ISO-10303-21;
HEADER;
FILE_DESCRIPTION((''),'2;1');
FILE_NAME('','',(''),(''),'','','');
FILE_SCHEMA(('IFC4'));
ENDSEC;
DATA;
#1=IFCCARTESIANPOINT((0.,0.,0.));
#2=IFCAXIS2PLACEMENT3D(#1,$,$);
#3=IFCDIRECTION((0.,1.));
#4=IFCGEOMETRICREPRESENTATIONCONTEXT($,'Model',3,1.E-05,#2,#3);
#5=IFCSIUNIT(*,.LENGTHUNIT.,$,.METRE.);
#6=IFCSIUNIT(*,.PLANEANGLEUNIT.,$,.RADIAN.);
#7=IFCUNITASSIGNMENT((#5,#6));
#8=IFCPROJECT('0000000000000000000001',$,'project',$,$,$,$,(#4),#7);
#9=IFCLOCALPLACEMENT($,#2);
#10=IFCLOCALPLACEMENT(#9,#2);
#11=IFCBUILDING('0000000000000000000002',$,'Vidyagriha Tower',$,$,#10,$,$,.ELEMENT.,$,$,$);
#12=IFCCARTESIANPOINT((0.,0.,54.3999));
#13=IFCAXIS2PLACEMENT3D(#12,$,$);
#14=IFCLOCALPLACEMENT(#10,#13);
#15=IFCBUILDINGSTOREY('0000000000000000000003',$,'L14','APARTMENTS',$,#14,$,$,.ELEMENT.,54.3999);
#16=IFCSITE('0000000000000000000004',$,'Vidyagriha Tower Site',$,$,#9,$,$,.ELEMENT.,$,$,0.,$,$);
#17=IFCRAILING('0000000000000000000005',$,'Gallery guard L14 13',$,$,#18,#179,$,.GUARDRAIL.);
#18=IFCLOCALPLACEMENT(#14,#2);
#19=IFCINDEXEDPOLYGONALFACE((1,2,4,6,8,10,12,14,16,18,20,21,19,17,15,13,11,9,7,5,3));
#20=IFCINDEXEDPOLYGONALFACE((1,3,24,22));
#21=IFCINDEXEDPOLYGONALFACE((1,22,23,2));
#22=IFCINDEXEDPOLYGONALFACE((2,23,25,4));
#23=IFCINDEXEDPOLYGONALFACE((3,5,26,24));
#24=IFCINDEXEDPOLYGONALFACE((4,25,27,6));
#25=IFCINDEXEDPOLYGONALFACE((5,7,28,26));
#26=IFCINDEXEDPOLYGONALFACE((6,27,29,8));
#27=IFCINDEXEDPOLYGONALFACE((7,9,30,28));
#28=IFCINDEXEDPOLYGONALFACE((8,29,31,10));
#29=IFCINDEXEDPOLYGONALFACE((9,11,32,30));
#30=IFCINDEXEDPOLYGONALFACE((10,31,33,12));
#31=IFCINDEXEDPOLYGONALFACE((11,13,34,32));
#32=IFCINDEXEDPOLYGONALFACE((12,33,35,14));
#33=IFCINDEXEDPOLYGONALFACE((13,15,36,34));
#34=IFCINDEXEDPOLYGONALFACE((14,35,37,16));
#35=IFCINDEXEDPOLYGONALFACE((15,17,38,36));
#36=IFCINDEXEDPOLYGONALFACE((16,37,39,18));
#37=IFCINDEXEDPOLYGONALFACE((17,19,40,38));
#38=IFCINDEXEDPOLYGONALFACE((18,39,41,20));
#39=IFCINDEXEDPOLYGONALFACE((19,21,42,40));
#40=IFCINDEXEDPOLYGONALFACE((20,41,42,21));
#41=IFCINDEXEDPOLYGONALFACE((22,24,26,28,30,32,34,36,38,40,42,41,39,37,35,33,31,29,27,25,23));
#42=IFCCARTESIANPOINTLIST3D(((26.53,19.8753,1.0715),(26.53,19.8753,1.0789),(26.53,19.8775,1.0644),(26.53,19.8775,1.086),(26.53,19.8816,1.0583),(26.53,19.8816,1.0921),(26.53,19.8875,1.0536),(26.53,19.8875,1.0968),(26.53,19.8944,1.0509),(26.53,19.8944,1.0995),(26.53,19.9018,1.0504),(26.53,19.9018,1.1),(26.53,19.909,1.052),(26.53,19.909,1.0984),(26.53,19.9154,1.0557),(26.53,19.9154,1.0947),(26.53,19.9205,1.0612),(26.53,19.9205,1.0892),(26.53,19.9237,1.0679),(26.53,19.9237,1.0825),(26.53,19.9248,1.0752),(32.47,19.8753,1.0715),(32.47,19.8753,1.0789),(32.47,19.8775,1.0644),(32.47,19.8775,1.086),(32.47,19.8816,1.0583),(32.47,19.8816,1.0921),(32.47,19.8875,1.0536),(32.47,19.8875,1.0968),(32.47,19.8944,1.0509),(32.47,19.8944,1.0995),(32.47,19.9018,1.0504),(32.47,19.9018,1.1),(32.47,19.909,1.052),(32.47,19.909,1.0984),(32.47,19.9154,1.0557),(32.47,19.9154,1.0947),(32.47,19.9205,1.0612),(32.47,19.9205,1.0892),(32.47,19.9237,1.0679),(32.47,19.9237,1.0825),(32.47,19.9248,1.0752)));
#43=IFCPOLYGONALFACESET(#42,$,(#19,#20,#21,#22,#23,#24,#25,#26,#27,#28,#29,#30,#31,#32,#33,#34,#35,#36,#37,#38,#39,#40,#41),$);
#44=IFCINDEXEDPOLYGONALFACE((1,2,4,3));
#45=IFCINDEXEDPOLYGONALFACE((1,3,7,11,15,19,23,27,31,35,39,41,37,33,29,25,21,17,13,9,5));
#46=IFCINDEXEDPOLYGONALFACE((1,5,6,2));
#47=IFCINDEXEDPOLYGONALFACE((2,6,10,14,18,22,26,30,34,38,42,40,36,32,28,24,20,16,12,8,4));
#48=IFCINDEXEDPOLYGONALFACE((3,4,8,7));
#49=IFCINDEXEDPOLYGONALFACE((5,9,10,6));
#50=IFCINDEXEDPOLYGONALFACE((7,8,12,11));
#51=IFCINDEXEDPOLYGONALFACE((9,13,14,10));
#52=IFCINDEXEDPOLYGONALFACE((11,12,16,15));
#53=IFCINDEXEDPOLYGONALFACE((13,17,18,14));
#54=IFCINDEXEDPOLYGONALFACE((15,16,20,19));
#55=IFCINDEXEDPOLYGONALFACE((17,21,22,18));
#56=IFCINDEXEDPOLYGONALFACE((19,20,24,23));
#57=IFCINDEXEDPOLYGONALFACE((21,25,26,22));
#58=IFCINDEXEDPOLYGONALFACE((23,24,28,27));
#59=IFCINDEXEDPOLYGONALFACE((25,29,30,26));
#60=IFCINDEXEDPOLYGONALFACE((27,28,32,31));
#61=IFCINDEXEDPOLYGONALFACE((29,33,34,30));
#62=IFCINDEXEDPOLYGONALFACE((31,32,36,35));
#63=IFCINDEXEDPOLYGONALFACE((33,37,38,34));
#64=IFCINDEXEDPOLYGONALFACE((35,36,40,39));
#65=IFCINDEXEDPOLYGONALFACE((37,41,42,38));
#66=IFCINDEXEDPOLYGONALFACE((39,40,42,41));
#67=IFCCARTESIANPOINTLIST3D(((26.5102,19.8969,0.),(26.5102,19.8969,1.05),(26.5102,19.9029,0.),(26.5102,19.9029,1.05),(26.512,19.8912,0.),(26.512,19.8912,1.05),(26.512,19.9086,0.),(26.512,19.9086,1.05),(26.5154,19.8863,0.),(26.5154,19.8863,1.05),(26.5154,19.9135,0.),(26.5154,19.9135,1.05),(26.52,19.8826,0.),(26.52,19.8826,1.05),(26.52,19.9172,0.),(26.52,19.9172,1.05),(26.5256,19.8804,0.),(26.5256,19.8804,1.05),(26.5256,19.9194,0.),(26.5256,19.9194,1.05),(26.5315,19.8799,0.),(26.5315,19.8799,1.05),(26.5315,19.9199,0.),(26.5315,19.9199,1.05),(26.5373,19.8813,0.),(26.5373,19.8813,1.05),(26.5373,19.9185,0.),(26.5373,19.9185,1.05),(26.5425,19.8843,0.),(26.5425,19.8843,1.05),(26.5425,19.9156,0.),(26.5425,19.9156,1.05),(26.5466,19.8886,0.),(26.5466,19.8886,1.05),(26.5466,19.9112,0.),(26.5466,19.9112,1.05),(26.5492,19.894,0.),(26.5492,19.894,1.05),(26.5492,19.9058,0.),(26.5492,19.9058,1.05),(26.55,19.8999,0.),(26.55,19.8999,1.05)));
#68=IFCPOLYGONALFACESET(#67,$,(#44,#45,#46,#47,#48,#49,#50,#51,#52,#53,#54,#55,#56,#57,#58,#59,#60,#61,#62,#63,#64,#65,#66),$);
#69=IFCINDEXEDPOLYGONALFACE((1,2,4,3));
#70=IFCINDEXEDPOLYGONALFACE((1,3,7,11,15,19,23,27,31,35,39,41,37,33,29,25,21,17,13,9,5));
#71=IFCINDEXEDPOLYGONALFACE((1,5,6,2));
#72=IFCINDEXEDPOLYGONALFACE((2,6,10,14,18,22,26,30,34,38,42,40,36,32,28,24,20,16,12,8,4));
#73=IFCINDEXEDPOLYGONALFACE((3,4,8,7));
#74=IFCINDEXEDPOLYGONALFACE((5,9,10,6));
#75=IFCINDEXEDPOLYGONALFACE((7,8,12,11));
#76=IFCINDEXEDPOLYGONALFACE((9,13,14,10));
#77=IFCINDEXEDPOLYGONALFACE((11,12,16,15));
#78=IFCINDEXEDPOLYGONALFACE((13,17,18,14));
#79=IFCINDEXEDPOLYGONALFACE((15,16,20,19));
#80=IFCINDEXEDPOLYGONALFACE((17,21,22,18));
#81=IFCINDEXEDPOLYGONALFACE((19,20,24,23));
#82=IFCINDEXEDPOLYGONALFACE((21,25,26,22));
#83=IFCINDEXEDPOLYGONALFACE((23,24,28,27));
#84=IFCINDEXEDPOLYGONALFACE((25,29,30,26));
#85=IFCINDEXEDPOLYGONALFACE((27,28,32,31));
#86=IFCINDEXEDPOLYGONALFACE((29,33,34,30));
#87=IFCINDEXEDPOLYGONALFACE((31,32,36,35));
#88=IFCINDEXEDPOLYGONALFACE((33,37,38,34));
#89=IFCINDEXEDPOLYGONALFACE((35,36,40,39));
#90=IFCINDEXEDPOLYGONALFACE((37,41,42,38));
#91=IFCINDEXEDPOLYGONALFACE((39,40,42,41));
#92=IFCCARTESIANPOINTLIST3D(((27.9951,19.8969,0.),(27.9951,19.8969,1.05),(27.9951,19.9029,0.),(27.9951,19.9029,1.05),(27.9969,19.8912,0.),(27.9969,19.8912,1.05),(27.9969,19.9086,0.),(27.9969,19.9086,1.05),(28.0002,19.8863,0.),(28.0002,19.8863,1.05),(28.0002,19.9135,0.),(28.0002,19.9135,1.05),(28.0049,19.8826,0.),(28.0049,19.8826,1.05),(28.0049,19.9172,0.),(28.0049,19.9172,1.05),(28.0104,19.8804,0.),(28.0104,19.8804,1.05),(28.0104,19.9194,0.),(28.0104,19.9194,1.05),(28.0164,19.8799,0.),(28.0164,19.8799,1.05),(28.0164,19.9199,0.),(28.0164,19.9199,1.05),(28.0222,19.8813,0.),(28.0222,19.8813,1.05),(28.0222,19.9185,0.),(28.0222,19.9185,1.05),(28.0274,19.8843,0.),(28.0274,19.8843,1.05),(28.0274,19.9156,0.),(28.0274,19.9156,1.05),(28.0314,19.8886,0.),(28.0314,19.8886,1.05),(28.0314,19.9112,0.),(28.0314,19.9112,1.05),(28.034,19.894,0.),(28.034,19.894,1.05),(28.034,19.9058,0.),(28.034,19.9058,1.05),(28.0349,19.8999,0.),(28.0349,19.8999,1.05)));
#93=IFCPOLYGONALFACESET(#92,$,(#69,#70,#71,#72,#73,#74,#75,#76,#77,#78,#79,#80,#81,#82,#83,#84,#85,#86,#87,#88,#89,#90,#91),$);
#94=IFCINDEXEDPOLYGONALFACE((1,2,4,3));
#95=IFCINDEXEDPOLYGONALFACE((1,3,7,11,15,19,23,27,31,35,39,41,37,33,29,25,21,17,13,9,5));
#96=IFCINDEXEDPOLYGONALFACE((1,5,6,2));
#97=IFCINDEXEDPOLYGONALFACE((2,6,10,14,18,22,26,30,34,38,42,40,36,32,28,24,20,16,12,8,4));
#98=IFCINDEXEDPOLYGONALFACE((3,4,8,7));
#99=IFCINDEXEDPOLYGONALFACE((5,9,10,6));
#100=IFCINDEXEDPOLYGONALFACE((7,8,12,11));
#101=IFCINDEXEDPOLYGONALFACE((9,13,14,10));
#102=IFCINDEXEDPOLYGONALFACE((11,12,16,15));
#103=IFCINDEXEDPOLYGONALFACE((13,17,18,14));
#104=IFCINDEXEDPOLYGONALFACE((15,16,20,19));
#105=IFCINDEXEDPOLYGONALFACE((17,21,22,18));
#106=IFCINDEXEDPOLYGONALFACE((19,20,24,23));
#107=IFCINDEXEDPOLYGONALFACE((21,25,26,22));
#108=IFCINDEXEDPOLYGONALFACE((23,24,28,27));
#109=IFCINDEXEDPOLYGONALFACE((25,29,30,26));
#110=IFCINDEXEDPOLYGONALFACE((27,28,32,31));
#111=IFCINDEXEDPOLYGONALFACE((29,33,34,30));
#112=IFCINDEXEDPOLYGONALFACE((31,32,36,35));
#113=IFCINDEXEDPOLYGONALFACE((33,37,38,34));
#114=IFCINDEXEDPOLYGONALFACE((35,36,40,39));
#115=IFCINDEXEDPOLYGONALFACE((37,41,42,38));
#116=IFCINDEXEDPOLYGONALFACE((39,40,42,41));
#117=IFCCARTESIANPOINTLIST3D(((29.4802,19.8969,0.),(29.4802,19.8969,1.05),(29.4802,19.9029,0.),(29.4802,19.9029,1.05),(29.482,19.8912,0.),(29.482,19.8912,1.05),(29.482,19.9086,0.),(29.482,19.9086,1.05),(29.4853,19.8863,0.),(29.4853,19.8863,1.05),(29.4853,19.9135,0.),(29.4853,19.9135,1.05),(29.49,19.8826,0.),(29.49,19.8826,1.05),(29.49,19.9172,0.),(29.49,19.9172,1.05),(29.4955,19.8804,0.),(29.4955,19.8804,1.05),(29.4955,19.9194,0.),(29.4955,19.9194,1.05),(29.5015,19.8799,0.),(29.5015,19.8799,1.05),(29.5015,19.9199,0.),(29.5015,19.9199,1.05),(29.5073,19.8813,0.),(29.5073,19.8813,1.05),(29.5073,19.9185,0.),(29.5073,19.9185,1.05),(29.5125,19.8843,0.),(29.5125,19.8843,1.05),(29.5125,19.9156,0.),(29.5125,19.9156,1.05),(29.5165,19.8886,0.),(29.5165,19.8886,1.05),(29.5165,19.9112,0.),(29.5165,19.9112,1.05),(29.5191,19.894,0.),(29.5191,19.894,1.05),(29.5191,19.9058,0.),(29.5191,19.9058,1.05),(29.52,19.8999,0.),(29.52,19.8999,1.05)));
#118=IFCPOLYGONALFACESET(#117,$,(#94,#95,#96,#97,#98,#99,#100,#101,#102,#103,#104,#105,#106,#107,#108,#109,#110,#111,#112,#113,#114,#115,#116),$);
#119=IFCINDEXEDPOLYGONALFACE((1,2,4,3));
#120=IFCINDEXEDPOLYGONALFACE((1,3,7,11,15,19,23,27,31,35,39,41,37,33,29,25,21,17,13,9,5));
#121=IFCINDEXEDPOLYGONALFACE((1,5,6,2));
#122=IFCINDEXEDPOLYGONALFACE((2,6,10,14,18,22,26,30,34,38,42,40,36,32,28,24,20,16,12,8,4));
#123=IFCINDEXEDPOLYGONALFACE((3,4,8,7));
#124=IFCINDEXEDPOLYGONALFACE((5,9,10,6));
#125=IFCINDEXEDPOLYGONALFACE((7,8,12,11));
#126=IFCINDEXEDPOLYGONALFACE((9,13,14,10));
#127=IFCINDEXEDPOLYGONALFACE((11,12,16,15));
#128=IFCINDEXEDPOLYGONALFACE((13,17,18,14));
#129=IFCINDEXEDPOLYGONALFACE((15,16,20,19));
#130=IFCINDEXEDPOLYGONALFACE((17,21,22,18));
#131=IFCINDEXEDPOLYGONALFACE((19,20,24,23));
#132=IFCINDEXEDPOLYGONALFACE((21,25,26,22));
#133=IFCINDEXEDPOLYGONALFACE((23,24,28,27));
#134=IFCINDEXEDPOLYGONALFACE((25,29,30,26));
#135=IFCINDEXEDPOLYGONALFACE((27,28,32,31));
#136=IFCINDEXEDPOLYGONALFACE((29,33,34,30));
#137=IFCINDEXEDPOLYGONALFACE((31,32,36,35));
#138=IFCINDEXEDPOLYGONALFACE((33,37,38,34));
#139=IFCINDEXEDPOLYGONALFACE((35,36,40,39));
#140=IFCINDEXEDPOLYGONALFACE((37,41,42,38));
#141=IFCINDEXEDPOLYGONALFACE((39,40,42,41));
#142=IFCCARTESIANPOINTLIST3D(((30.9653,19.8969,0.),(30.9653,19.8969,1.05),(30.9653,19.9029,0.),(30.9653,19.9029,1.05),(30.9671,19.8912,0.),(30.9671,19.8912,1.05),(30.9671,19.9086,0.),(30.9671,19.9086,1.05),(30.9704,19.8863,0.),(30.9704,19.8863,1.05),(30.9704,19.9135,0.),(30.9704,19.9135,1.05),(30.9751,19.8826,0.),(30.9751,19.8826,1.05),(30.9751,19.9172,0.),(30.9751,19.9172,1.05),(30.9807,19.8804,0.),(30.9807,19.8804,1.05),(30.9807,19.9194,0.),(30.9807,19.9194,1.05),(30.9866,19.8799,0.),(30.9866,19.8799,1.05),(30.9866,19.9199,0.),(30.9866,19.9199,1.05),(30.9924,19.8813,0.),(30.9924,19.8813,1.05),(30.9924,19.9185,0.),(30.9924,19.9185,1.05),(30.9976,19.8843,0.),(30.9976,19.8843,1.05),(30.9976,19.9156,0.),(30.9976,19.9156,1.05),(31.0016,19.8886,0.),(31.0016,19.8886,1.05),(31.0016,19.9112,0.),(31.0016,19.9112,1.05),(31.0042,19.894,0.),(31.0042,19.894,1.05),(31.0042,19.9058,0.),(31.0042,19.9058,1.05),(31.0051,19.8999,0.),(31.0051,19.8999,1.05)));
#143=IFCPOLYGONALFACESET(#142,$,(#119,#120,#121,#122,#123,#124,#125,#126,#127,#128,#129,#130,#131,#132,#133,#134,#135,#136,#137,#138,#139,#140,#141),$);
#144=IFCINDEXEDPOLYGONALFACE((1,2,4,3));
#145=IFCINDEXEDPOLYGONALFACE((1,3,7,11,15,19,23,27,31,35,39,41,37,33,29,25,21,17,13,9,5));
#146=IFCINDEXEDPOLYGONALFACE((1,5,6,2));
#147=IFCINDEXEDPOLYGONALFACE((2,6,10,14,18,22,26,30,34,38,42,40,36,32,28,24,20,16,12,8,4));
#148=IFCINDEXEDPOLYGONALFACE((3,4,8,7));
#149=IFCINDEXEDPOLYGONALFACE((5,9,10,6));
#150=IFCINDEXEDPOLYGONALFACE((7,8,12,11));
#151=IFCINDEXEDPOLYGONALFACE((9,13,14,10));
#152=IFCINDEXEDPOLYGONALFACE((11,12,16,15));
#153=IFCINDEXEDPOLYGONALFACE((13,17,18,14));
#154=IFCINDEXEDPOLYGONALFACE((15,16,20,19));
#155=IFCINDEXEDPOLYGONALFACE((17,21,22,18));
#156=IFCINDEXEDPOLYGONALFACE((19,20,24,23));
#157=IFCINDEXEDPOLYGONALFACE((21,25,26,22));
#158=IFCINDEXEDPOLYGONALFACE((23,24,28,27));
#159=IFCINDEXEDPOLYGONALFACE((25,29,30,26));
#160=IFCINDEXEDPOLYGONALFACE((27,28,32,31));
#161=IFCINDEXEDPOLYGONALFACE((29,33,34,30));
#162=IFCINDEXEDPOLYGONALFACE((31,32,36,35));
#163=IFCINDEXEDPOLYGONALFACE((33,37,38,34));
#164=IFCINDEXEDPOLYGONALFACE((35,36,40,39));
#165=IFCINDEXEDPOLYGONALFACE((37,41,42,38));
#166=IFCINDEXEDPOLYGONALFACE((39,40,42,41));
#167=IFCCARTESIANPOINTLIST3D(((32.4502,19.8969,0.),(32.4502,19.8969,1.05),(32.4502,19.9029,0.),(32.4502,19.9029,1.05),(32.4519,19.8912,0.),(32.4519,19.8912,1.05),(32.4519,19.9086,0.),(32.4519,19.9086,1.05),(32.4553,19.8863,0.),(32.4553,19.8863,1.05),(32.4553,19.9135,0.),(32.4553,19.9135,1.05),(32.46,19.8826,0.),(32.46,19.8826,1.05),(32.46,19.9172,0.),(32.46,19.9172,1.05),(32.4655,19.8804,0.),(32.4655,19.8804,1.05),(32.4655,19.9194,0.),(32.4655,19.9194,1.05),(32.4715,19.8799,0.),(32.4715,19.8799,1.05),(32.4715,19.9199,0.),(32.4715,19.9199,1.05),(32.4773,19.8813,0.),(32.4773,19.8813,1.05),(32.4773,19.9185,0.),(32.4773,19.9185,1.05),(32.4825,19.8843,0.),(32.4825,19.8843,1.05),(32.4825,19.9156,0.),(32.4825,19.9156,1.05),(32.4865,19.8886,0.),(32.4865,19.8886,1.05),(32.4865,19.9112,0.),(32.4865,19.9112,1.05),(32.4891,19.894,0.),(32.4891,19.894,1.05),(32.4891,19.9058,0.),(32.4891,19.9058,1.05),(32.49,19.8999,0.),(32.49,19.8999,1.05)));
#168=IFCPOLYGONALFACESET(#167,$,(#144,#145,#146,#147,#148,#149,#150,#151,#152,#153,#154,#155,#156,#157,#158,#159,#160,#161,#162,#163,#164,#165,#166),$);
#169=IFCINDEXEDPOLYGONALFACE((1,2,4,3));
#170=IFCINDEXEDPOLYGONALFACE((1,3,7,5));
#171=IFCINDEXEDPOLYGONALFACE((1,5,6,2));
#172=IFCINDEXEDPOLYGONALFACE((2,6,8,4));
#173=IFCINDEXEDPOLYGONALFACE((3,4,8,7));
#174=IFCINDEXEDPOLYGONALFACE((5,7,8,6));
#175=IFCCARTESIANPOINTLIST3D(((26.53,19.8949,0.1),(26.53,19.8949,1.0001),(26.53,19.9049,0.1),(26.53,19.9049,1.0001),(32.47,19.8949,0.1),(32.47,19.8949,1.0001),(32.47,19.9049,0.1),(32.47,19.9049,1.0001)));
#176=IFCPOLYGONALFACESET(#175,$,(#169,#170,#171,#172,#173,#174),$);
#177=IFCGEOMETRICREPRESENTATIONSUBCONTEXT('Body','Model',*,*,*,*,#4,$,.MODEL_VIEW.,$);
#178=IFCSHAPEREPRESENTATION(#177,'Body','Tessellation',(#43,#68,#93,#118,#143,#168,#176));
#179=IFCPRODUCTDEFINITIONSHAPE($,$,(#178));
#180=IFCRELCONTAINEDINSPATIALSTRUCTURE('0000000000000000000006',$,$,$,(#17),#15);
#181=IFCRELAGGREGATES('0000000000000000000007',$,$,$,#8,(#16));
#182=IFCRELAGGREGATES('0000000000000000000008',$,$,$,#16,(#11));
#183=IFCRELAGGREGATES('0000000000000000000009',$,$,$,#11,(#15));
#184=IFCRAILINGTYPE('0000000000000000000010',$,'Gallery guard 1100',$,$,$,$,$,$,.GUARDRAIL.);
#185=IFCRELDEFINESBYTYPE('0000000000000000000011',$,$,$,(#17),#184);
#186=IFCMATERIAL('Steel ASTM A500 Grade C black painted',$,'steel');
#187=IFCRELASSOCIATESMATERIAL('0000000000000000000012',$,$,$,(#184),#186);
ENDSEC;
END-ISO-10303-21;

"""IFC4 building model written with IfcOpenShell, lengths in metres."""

from ifc_helpers import new_model, si_unit, direction, frame, origin, origin_2d, place, context, subcontext, project, spatial, rectangle, circle, extrude, material, type_object, element, save


model = new_model("IFC4")

# Units and contexts
model_context = context("Model", 3, precision=1e-05, world=origin(), true_north=direction((0.0, 1.0)))
body_context = subcontext(model_context, "Body", "Model", "MODEL_VIEW")
ifc_project = project(units=[si_unit("LENGTHUNIT", "METRE"), si_unit("PLANEANGLEUNIT", "RADIAN")], contexts=[model_context])

# Site, building, storey
site_placement = place(None, origin())
site = spatial("IfcSite", under=ifc_project, at=site_placement, Name="Vidyagriha Tower Site", CompositionType="ELEMENT", RefElevation=0.0)
building_placement = place(site_placement, origin())
building = spatial("IfcBuilding", under=site, at=building_placement, Name="Vidyagriha Tower", CompositionType="ELEMENT")
storey_placement = place(building_placement, frame((0.0, 0.0, 54.3999)))
storey = spatial("IfcBuildingStorey", under=building, at=storey_placement, Name="L14", Description="APARTMENTS", CompositionType="ELEMENT", Elevation=54.3999)

# Railing
ifc_material_1 = material(Name="Steel ASTM A500 Grade C black painted", Category="steel")
railing_type = type_object("IfcRailingType", Name="Gallery guard 1100", PredefinedType="GUARDRAIL", material=ifc_material_1)
railing_1_placement = place(storey_placement, frame((26.53, 19.8999, 0.0)))
element("IfcRailing", 1, at=railing_1_placement, inside=storey, type_object=railing_type, Name="Gallery guard L14 13", PredefinedType="GUARDRAIL", context=body_context, shape_type="SweptSolid", body=[
    extrude(circle(Radius=0.0249, at=origin_2d()), frame((0.0, 0.0, 1.0752), z_axis=(1.0, 0.0, 0.0), x_axis=(0.0, 1.0, 0.0)), (0.0, 0.0, 1.0), 5.9399),
    extrude(circle(Radius=0.02, at=origin_2d()), origin(), (0.0, 0.0, 1.0), 1.05),
    extrude(circle(Radius=0.02, at=origin_2d()), frame((1.4849, 0.0, 0.0)), (0.0, 0.0, 1.0), 1.05),
    extrude(circle(Radius=0.02, at=origin_2d()), frame((2.97, 0.0, 0.0)), (0.0, 0.0, 1.0), 1.05),
    extrude(circle(Radius=0.02, at=origin_2d()), frame((4.4551, 0.0, 0.0)), (0.0, 0.0, 1.0), 1.05),
    extrude(circle(Radius=0.02, at=origin_2d()), frame((5.9399, 0.0, 0.0)), (0.0, 0.0, 1.0), 1.05),
    extrude(rectangle(XDim=0.01, YDim=0.9001, at=origin_2d()), frame((0.0, 0.0, 0.55), z_axis=(1.0, 0.0, 0.0), x_axis=(0.0, 1.0, 0.0)), (0.0, 0.0, 1.0), 5.9399),
])

save(model, "model.ifc")
